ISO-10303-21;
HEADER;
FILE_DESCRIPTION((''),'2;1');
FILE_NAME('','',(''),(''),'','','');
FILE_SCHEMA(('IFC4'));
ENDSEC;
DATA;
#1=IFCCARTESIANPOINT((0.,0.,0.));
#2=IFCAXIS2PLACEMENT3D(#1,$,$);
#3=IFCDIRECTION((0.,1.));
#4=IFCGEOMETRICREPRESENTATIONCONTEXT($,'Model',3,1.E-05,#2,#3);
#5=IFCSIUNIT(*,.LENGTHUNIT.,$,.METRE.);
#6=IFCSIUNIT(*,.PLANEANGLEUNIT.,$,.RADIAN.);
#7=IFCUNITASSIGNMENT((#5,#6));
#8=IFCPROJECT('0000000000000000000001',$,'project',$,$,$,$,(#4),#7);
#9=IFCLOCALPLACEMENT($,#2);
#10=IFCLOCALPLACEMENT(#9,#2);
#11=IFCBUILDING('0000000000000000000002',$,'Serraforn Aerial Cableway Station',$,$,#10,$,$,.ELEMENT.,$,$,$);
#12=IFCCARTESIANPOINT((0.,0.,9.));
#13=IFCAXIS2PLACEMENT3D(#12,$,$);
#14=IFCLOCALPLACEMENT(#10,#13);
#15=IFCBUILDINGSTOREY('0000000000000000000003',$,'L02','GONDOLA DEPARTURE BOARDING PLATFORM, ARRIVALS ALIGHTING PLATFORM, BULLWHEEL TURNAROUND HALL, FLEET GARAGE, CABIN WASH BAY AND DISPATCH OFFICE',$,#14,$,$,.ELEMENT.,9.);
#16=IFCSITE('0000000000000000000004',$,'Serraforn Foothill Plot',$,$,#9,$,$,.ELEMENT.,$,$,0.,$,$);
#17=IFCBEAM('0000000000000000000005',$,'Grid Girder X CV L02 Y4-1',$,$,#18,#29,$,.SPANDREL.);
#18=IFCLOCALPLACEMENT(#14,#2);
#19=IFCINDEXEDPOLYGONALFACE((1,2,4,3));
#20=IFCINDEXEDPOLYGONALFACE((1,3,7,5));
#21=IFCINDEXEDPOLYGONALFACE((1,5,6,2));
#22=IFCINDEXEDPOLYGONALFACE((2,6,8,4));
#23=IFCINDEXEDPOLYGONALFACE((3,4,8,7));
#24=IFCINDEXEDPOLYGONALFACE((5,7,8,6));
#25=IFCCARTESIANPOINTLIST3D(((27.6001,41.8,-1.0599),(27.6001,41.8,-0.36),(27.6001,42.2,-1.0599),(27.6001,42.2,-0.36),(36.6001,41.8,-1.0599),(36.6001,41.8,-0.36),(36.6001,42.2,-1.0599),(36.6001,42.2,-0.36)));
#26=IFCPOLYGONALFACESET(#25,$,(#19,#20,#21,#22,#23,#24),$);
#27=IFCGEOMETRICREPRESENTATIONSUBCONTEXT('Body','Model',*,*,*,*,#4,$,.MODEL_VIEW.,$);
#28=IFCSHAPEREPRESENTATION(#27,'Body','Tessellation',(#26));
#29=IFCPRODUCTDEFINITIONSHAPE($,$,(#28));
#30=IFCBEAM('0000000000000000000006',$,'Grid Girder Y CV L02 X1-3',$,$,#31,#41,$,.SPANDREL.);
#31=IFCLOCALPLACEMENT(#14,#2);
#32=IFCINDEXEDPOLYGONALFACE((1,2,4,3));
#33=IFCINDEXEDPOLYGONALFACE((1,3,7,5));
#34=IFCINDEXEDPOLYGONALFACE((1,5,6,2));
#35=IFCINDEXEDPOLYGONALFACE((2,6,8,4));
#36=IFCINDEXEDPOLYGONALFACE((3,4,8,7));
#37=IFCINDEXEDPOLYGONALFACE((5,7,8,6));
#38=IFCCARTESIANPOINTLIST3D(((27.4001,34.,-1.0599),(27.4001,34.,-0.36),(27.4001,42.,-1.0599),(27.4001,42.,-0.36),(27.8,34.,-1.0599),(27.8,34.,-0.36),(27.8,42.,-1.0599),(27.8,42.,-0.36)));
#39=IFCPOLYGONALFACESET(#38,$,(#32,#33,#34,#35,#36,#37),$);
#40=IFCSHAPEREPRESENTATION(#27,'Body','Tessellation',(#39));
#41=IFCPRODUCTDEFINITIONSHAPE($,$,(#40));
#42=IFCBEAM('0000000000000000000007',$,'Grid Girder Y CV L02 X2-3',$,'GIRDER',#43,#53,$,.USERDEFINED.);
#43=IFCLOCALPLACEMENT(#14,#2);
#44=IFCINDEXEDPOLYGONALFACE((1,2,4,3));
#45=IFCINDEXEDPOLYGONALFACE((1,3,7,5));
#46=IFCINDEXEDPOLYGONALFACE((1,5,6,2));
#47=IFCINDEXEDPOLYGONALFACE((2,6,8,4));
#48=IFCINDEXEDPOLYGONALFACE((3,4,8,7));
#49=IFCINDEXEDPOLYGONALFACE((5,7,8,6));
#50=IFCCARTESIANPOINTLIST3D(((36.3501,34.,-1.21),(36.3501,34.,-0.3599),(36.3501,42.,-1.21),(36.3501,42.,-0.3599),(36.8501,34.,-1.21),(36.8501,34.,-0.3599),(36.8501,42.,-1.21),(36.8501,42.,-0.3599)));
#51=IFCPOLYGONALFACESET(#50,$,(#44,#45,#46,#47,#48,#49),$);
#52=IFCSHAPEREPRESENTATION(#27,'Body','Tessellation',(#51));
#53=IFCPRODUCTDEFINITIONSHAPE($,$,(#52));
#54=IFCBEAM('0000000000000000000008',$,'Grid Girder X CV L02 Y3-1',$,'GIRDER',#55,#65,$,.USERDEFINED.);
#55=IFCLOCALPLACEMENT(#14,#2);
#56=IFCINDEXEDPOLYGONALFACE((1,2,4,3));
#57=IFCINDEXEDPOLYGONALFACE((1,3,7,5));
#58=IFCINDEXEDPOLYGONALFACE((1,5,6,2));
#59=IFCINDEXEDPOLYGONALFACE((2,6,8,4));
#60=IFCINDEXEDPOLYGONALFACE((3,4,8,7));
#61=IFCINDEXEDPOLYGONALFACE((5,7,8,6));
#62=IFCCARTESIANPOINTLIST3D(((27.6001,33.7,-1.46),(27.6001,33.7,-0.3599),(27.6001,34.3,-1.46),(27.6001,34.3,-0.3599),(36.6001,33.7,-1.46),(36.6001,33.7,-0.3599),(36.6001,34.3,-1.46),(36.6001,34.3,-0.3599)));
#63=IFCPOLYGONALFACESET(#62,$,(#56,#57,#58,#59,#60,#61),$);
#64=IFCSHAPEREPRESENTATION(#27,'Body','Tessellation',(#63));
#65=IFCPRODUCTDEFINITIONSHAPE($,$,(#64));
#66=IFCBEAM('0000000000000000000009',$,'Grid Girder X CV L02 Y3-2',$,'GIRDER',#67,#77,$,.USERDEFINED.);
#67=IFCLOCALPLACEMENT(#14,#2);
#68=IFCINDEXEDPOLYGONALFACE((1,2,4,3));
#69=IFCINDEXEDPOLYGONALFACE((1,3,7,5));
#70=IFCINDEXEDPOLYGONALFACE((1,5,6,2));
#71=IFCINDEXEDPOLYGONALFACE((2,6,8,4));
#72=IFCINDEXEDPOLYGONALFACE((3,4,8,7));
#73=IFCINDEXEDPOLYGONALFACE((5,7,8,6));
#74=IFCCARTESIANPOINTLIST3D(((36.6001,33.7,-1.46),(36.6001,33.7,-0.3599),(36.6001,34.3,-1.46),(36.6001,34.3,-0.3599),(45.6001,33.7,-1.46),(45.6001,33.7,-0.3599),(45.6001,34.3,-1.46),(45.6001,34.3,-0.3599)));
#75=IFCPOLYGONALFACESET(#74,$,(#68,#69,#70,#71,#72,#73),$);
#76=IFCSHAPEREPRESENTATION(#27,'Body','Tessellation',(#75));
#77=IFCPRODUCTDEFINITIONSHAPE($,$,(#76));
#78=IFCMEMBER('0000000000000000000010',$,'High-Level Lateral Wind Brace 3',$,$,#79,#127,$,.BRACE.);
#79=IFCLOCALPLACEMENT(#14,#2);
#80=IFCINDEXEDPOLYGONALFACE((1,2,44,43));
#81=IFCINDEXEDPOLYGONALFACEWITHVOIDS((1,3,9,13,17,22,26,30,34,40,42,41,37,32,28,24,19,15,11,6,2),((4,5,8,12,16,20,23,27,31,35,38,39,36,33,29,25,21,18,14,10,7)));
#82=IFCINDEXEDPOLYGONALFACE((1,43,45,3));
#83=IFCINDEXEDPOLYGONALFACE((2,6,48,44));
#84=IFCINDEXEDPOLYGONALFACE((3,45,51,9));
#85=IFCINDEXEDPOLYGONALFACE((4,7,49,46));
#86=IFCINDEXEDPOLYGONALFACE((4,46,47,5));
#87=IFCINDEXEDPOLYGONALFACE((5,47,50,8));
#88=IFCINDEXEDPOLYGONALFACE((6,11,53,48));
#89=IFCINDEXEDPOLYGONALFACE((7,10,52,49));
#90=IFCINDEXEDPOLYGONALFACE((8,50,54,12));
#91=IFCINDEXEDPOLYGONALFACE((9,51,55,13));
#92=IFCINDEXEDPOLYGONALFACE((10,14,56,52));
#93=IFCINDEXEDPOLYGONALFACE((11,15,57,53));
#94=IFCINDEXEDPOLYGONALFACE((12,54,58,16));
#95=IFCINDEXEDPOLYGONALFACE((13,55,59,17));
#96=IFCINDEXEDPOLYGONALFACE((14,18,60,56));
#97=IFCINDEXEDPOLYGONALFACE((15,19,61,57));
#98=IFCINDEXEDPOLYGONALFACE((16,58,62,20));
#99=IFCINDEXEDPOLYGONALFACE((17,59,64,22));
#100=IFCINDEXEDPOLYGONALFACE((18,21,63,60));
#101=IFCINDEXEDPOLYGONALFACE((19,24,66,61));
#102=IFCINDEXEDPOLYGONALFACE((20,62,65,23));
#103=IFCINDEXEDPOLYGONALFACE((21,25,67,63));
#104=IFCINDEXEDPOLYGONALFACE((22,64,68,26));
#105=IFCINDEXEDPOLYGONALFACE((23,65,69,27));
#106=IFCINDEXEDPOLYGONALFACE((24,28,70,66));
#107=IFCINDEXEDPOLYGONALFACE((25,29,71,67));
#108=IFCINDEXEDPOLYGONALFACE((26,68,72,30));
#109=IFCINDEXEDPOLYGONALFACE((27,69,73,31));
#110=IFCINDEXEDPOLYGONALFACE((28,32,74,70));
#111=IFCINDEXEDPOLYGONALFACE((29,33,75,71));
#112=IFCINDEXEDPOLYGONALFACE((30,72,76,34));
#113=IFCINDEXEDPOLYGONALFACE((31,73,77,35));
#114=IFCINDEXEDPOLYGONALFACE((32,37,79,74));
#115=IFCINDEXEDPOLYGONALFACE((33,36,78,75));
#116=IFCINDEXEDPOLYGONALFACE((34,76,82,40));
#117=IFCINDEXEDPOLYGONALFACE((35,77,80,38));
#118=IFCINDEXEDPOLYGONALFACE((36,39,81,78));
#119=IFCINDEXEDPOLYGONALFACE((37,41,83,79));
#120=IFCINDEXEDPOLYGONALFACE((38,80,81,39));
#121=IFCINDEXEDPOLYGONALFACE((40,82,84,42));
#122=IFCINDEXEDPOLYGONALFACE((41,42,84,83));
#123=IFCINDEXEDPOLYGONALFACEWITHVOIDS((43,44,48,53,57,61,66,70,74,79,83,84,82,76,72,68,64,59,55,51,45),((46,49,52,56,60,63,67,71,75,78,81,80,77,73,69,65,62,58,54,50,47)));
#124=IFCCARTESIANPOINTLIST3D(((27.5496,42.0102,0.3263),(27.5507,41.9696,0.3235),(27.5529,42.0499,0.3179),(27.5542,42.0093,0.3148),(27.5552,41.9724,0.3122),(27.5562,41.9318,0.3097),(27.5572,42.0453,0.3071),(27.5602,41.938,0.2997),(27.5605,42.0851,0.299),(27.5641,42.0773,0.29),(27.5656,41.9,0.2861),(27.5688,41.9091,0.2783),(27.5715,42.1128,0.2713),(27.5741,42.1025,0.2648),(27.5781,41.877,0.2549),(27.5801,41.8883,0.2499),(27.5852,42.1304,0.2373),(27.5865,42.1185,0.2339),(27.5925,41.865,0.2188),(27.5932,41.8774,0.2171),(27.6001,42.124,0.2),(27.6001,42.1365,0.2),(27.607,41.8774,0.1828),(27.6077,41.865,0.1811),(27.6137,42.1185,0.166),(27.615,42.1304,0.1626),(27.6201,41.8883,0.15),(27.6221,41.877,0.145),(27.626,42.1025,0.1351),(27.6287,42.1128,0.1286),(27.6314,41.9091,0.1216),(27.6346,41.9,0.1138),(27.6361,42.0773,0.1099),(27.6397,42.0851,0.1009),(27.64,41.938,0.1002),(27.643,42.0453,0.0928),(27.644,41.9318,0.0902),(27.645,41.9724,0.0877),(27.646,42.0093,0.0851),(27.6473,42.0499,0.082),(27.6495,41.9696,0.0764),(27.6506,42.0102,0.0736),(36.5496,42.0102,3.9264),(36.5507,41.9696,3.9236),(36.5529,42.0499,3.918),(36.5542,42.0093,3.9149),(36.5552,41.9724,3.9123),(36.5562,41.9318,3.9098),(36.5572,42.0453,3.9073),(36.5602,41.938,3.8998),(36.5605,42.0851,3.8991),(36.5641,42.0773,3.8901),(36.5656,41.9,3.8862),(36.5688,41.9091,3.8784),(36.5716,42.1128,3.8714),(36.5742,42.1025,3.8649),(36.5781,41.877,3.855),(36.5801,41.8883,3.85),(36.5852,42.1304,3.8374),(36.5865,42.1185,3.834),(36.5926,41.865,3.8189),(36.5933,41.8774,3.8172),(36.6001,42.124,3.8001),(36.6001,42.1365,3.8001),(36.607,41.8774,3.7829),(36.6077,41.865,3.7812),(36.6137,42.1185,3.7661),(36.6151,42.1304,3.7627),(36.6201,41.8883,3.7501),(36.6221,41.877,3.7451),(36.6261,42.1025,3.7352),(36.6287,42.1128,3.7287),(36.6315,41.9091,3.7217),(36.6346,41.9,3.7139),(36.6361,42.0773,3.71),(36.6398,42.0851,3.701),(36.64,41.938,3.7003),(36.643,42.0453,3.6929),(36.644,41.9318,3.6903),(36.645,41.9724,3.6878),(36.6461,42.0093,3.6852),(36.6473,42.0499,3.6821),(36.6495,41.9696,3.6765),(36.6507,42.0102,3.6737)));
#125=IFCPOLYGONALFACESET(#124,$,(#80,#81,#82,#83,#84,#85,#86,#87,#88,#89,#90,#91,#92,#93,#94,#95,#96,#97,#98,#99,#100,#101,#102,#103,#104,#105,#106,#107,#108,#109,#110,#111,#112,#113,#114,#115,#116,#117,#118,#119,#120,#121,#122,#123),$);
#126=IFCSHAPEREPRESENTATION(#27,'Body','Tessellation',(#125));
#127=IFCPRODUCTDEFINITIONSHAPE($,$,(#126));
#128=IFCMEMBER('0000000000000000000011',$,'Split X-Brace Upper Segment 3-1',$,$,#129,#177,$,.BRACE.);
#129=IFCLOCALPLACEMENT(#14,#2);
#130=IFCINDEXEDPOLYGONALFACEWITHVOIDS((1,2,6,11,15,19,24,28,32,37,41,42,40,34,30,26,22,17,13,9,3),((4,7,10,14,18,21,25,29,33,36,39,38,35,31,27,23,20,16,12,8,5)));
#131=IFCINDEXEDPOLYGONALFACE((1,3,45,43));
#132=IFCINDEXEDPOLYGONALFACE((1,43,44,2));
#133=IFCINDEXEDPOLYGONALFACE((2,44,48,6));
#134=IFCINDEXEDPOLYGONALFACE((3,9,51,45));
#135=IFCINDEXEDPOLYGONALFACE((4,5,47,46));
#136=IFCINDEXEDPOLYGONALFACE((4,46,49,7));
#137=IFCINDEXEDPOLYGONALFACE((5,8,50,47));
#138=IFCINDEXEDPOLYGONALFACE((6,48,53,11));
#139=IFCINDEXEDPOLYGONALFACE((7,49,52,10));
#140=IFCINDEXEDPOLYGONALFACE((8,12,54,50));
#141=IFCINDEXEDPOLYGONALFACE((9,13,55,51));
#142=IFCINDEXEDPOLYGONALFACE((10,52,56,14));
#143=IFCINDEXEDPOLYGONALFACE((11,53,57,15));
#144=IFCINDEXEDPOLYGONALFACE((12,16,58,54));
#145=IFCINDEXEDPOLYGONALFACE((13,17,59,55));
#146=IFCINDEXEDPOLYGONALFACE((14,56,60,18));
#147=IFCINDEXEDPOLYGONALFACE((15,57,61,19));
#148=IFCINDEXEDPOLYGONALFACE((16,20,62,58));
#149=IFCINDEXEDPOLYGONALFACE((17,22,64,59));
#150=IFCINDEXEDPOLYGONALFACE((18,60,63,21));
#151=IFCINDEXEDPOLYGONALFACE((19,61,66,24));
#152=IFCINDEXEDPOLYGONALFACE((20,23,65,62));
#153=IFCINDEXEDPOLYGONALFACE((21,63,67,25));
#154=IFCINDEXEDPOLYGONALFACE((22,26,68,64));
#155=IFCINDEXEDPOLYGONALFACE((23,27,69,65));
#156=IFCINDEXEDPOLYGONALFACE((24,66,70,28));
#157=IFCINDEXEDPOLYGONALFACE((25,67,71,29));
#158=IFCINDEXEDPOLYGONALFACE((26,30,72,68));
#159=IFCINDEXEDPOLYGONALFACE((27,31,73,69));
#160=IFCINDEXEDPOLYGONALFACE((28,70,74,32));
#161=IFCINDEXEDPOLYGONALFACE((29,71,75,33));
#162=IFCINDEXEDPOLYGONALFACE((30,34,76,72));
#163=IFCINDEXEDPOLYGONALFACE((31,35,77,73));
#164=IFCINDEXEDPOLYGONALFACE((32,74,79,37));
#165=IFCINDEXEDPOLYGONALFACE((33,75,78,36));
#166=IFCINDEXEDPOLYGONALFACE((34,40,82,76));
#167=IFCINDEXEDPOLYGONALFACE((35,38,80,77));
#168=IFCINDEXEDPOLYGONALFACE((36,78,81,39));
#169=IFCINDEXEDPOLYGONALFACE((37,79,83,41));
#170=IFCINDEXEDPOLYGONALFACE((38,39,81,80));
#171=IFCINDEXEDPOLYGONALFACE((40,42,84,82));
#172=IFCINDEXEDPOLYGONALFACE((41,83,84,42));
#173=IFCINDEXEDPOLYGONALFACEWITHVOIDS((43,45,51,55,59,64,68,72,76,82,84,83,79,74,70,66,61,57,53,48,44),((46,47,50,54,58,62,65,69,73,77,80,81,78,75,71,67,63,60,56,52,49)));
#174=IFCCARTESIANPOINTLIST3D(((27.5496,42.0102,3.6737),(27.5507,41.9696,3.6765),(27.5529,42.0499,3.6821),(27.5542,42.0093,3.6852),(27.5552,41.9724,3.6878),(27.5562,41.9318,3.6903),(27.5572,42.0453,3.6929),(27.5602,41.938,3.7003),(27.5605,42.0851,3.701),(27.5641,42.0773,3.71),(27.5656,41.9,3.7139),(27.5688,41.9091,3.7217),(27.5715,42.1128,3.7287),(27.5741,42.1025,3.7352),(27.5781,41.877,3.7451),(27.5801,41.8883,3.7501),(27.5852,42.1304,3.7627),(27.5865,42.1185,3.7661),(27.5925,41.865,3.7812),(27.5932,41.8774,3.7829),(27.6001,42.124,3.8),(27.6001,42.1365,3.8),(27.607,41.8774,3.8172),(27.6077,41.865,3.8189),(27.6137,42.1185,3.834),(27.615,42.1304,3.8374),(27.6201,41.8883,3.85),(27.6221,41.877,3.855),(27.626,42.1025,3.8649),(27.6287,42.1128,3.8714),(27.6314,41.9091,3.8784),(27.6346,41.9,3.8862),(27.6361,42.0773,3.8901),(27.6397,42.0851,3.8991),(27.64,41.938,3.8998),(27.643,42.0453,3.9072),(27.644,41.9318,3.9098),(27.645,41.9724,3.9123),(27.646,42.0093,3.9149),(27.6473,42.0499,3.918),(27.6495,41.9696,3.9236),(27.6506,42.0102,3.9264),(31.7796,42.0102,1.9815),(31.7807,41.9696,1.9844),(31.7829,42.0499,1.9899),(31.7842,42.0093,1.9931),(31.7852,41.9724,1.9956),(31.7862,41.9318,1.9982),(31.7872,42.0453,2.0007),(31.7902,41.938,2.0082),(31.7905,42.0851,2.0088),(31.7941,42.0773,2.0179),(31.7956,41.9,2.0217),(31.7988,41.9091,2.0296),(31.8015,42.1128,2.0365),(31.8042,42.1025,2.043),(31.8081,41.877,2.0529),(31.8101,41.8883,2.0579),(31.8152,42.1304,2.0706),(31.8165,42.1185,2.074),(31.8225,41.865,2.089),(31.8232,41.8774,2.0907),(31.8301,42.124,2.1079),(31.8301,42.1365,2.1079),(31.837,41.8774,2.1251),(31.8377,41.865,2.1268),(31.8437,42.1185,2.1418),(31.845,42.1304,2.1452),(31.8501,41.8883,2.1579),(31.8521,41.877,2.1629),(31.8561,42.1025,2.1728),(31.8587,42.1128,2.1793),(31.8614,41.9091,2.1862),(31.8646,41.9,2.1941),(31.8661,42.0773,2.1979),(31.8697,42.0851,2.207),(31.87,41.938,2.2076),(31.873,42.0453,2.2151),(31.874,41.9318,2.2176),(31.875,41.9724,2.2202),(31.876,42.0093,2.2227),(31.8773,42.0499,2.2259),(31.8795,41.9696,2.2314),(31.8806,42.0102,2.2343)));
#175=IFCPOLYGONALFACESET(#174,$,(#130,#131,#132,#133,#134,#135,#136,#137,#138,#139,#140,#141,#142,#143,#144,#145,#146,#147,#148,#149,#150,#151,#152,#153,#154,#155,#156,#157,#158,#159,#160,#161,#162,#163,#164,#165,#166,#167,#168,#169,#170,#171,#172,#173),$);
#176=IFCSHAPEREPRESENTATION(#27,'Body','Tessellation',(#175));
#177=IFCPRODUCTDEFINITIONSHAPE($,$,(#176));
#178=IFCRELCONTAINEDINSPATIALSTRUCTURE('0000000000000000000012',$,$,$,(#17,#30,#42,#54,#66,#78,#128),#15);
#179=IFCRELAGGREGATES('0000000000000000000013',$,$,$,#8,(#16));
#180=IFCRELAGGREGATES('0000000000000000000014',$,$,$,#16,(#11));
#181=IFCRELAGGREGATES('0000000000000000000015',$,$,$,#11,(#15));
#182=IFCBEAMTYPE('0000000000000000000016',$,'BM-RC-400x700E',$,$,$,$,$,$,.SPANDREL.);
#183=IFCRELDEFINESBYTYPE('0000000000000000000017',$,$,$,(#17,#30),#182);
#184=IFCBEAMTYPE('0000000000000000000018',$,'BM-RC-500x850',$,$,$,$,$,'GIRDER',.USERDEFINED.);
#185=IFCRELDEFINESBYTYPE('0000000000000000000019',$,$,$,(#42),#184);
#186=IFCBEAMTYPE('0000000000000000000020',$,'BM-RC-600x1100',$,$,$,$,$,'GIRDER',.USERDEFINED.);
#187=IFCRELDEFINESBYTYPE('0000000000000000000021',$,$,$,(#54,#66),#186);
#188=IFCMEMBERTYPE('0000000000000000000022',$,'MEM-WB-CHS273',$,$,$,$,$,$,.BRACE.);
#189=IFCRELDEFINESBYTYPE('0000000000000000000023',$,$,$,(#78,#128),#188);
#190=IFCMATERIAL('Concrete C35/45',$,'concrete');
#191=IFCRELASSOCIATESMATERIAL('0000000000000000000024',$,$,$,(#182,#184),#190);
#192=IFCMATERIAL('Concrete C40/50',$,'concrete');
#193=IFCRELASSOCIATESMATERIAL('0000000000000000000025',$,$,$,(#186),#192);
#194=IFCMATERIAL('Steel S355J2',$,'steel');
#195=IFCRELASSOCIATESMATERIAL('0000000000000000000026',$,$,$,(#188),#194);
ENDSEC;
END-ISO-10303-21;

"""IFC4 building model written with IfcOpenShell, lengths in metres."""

from ifc_helpers import new_model, si_unit, direction, frame, origin, origin_2d, place, context, subcontext, project, spatial, rectangle, hollow_circle, extrude, material, material_profile, profile_set, type_object, element, save


model = new_model("IFC4")

# Units and contexts
model_context = context("Model", 3, precision=1e-05, world=origin(), true_north=direction((0.0, 1.0)))
body_context = subcontext(model_context, "Body", "Model", "MODEL_VIEW")
ifc_project = project(units=[si_unit("LENGTHUNIT", "METRE"), si_unit("PLANEANGLEUNIT", "RADIAN")], contexts=[model_context])

# Site, building, storey
site_placement = place(None, origin())
site = spatial("IfcSite", under=ifc_project, at=site_placement, Name="Serraforn Foothill Plot", CompositionType="ELEMENT", RefElevation=0.0)
building_placement = place(site_placement, origin())
building = spatial("IfcBuilding", under=site, at=building_placement, Name="Serraforn Aerial Cableway Station", CompositionType="ELEMENT")
storey_placement = place(building_placement, frame((0.0, 0.0, 9.0)))
storey = spatial("IfcBuildingStorey", under=building, at=storey_placement, Name="L02", Description="GONDOLA DEPARTURE BOARDING PLATFORM, ARRIVALS ALIGHTING PLATFORM, BULLWHEEL TURNAROUND HALL, FLEET GARAGE, CABIN WASH BAY AND DISPATCH OFFICE", CompositionType="ELEMENT", Elevation=9.0)

# Shared definitions
ifc_material_1 = material(Name="Steel S355J2", Category="steel")

# Beams
ifc_material_2 = material(Name="Concrete C35/45", Category="concrete")
ifc_material_profile_1 = material_profile(ifc_material_2, rectangle(XDim=0.3999, YDim=0.7, at=origin_2d()), Name="RC 400x700")
ifc_profile_set_1 = profile_set([ifc_material_profile_1], Name="Concrete C35/45")
beam_type_1 = type_object("IfcBeamType", Name="BM-RC-400x700E", PredefinedType="SPANDREL", material=ifc_profile_set_1)
beam_1_placement = place(storey_placement, frame((27.6001, 42.0, -0.71), z_axis=(1.0, 0.0, 0.0), x_axis=(0.0, 1.0, 0.0)))
element("IfcBeam", 1, at=beam_1_placement, inside=storey, type_object=beam_type_1, Name="Grid Girder X CV L02 Y4-1", PredefinedType="SPANDREL", context=body_context, shape_type="SweptSolid", body=[
    extrude(rectangle(XDim=0.3999, YDim=0.7, at=origin_2d()), origin(), (0.0, 0.0, 1.0), 9.0),
])
beam_2_placement = place(storey_placement, frame((27.6001, 34.0, -0.71), z_axis=(0.0, 1.0, 0.0), x_axis=(-1.0, 0.0, 0.0)))
element("IfcBeam", 2, at=beam_2_placement, inside=storey, type_object=beam_type_1, Name="Grid Girder Y CV L02 X1-3", PredefinedType="SPANDREL", context=body_context, shape_type="SweptSolid", body=[
    extrude(rectangle(XDim=0.3999, YDim=0.7, at=origin_2d()), origin(), (0.0, 0.0, 1.0), 8.0),
])
ifc_material_profile_2 = material_profile(ifc_material_2, rectangle(XDim=0.5, YDim=0.8501, at=origin_2d()), Name="RC 500x850")
ifc_profile_set_2 = profile_set([ifc_material_profile_2], Name="Concrete C35/45")
beam_type_2 = type_object("IfcBeamType", Name="BM-RC-500x850", ElementType="GIRDER", PredefinedType="USERDEFINED", material=ifc_profile_set_2)
beam_3_placement = place(storey_placement, frame((36.6001, 34.0, -0.7849), z_axis=(0.0, 1.0, 0.0), x_axis=(-1.0, 0.0, 0.0)))
element("IfcBeam", 3, at=beam_3_placement, inside=storey, type_object=beam_type_2, Name="Grid Girder Y CV L02 X2-3", ObjectType="GIRDER", PredefinedType="USERDEFINED", context=body_context, shape_type="SweptSolid", body=[
    extrude(rectangle(XDim=0.5, YDim=0.8501, at=origin_2d()), origin(), (0.0, 0.0, 1.0), 8.0),
])
ifc_material_3 = material(Name="Concrete C40/50", Category="concrete")
ifc_material_profile_3 = material_profile(ifc_material_3, rectangle(XDim=0.6001, YDim=1.1001, at=origin_2d()), Name="RC 600x1100")
ifc_profile_set_3 = profile_set([ifc_material_profile_3], Name="Concrete C40/50")
beam_type_3 = type_object("IfcBeamType", Name="BM-RC-600x1100", ElementType="GIRDER", PredefinedType="USERDEFINED", material=ifc_profile_set_3)
for number, where, z_axis, x_axis, name in (
    (4, (27.6001, 34.0, -0.9099), (1.0, 0.0, 0.0), (0.0, 1.0, 0.0), "Grid Girder X CV L02 Y3-1"),
    (5, (36.6001, 34.0, -0.9099), (1.0, 0.0, 0.0), (0.0, 1.0, 0.0), "Grid Girder X CV L02 Y3-2"),
):
    element("IfcBeam", number, at=place(storey_placement, frame(where, z_axis=z_axis, x_axis=x_axis)), inside=storey, type_object=beam_type_3, Name=name, ObjectType="GIRDER", PredefinedType="USERDEFINED", context=body_context, shape_type="SweptSolid", body=[
        extrude(rectangle(XDim=0.6001, YDim=1.1001, at=origin_2d()), origin(), (0.0, 0.0, 1.0), 9.0),
    ])

# Members
ifc_material_profile_4 = material_profile(ifc_material_1, hollow_circle(Radius=0.1365, WallThickness=0.0125, at=origin_2d()), Name="CHS 273.0x12.5")
ifc_profile_set_4 = profile_set([ifc_material_profile_4], Name="Steel S355J2")
member_type = type_object("IfcMemberType", Name="MEM-WB-CHS273", PredefinedType="BRACE", material=ifc_profile_set_4)
member_placement = place(storey_placement, frame((27.6001, 42.0, 0.2), z_axis=(0.928473, 0.0, 0.371399), x_axis=(0.0, 1.0, 0.0)))
element("IfcMember", 6, at=member_placement, inside=storey, type_object=member_type, Name="High-Level Lateral Wind Brace 3", PredefinedType="BRACE", context=body_context, shape_type="SweptSolid", body=[
    extrude(hollow_circle(Radius=0.1365, WallThickness=0.0125, at=origin_2d()), origin(), (0.0, 0.0, 1.0), 9.6934),
])
for number, where, z_axis, x_axis, name in (
    (7, (27.6001, 42.0, 3.8), (0.928466, 0.0, -0.371418), (0.0, 1.0, 0.0), "Split X-Brace Upper Segment 3-1"),
):
    element("IfcMember", number, at=place(storey_placement, frame(where, z_axis=z_axis, x_axis=x_axis)), inside=storey, type_object=member_type, Name=name, PredefinedType="BRACE", context=body_context, shape_type="SweptSolid", body=[
        extrude(hollow_circle(Radius=0.1365, WallThickness=0.0125, at=origin_2d()), origin(), (0.0, 0.0, 1.0), 4.5559),
    ])

save(model, "model.ifc")
